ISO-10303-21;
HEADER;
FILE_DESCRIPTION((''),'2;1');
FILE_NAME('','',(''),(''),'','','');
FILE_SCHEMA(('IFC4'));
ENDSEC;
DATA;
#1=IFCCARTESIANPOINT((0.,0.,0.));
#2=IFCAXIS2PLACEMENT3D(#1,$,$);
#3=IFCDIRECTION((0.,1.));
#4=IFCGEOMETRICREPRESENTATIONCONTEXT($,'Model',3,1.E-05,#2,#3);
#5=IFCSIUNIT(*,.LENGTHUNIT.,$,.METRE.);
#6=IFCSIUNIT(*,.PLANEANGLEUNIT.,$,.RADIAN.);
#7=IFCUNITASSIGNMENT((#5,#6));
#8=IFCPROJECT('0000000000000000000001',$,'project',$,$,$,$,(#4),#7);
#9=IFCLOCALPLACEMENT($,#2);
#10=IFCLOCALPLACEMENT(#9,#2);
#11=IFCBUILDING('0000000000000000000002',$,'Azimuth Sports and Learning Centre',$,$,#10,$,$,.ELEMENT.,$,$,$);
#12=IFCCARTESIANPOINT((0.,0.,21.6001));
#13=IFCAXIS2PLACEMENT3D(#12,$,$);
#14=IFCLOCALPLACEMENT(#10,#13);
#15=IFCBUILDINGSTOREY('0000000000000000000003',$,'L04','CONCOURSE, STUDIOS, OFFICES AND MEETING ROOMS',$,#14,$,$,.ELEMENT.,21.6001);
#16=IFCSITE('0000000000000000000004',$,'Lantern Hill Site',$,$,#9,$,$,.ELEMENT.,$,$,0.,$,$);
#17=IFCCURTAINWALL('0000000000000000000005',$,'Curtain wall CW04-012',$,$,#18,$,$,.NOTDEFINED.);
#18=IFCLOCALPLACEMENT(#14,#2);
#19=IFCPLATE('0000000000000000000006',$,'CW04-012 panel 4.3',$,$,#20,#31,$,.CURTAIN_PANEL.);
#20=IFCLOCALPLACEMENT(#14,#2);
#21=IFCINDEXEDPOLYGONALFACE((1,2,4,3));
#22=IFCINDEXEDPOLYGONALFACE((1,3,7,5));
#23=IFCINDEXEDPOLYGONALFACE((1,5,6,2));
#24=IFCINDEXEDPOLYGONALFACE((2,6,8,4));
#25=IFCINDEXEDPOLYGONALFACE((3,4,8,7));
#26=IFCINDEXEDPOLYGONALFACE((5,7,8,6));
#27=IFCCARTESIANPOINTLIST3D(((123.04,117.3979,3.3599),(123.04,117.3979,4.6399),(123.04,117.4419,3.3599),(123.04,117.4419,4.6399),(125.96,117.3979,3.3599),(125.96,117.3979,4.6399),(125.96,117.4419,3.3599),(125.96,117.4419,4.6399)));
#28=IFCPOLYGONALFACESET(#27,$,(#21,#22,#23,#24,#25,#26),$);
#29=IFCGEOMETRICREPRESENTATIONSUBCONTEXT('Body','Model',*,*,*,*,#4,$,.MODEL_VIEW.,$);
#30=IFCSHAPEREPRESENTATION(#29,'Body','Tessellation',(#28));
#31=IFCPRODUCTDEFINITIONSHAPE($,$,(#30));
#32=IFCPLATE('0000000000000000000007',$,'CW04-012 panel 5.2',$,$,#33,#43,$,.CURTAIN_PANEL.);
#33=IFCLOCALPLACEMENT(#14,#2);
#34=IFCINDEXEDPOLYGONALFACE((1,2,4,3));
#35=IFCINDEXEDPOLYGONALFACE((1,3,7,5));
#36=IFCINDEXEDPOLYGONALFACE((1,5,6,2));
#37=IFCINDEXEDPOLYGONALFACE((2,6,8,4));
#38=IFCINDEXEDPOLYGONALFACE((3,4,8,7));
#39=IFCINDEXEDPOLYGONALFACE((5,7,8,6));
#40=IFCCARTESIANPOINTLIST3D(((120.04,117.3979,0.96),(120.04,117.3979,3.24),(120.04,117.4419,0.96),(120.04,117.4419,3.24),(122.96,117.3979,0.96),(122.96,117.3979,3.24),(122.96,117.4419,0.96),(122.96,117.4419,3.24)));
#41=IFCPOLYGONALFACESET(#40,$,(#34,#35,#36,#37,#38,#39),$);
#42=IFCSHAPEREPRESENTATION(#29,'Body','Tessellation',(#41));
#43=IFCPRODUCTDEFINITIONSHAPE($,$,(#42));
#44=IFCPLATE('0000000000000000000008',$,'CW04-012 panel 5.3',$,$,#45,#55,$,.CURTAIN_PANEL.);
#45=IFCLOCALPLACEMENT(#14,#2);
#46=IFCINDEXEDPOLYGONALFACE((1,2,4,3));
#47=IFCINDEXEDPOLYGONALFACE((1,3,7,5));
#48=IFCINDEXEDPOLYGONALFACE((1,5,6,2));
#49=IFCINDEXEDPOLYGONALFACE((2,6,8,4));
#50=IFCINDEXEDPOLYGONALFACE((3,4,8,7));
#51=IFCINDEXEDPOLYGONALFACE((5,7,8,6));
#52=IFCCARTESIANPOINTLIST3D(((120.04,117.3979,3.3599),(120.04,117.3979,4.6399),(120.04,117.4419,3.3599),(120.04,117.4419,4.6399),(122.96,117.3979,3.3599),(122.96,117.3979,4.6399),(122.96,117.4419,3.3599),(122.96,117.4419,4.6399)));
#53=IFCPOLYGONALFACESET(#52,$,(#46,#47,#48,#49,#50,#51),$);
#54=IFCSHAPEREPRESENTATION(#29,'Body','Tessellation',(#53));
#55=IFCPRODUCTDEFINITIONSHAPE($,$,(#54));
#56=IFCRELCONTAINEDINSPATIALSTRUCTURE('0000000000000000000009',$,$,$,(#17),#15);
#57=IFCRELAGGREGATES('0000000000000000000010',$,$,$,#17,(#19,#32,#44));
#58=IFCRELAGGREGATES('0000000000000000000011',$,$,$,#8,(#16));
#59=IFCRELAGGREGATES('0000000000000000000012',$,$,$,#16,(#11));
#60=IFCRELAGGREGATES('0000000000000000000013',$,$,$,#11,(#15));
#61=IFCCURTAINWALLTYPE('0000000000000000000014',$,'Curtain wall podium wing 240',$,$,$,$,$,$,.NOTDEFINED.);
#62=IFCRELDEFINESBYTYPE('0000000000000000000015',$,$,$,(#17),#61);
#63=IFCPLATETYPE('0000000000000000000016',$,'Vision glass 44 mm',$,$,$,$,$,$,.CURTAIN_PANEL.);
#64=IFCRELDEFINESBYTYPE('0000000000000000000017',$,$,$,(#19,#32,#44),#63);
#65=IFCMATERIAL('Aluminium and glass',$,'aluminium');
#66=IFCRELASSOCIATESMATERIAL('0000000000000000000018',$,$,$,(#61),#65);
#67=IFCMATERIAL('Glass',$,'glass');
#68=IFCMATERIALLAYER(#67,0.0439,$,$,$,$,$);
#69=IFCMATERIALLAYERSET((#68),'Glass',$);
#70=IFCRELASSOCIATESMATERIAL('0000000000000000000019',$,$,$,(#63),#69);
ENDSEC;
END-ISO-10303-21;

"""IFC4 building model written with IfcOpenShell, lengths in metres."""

from ifc_helpers import new_model, si_unit, direction, frame, origin, origin_2d, place, context, subcontext, project, spatial, rectangle, extrude, material, layer, layer_set, type_object, element, aggregate, save


model = new_model("IFC4")

# Units and contexts
model_context = context("Model", 3, precision=1e-05, world=origin(), true_north=direction((0.0, 1.0)))
body_context = subcontext(model_context, "Body", "Model", "MODEL_VIEW")
ifc_project = project(units=[si_unit("LENGTHUNIT", "METRE"), si_unit("PLANEANGLEUNIT", "RADIAN")], contexts=[model_context])

# Site, building, storey
site_placement = place(None, origin())
site = spatial("IfcSite", under=ifc_project, at=site_placement, Name="Lantern Hill Site", CompositionType="ELEMENT", RefElevation=0.0)
building_placement = place(site_placement, origin())
building = spatial("IfcBuilding", under=site, at=building_placement, Name="Azimuth Sports and Learning Centre", CompositionType="ELEMENT")
storey_placement = place(building_placement, frame((0.0, 0.0, 21.6001)))
storey = spatial("IfcBuildingStorey", under=building, at=storey_placement, Name="L04", Description="CONCOURSE, STUDIOS, OFFICES AND MEETING ROOMS", CompositionType="ELEMENT", Elevation=21.6001)

# Curtain wall, plates
ifc_material_1 = material(Name="Aluminium and glass", Category="aluminium")
curtain_wall_type = type_object("IfcCurtainWallType", Name="Curtain wall podium wing 240", PredefinedType="NOTDEFINED", material=ifc_material_1)
curtain_wall_placement = place(storey_placement, origin())
curtain_wall = element("IfcCurtainWall", 1, at=curtain_wall_placement, inside=storey, type_object=curtain_wall_type, Name="Curtain wall CW04-012", PredefinedType="NOTDEFINED")
ifc_material_2 = material(Name="Glass", Category="glass")
ifc_layer_1 = layer(ifc_material_2, 0.0439)
ifc_layer_set_1 = layer_set([ifc_layer_1], Name="Glass")
plate_type_1 = type_object("IfcPlateType", Name="Vision glass 44 mm", PredefinedType="CURTAIN_PANEL", material=ifc_layer_set_1)
plate_1_placement = place(storey_placement, frame((124.5, 117.4199, 3.3599), z_axis=(0.0, 0.0, 1.0), x_axis=(-1.0, 0.0, 0.0)))
plate_1 = element("IfcPlate", 2, at=plate_1_placement, type_object=plate_type_1, Name="CW04-012 panel 4.3", PredefinedType="CURTAIN_PANEL", context=body_context, shape_type="SweptSolid", body=[
    extrude(rectangle(XDim=2.9199, YDim=0.0439, at=origin_2d()), origin(), (0.0, 0.0, 1.0), 1.28),
])
plate_2_placement = place(storey_placement, frame((121.5, 117.4199, 0.96), z_axis=(0.0, 0.0, 1.0), x_axis=(-1.0, 0.0, 0.0)))
plate_2 = element("IfcPlate", 3, at=plate_2_placement, type_object=plate_type_1, Name="CW04-012 panel 5.2", PredefinedType="CURTAIN_PANEL", context=body_context, shape_type="SweptSolid", body=[
    extrude(rectangle(XDim=2.9199, YDim=0.0439, at=origin_2d()), origin(), (0.0, 0.0, 1.0), 2.28),
])
plate_3_placement = place(storey_placement, frame((121.5, 117.4199, 3.3599), z_axis=(0.0, 0.0, 1.0), x_axis=(-1.0, 0.0, 0.0)))
plate_3 = element("IfcPlate", 4, at=plate_3_placement, type_object=plate_type_1, Name="CW04-012 panel 5.3", PredefinedType="CURTAIN_PANEL", context=body_context, shape_type="SweptSolid", body=[
    extrude(rectangle(XDim=2.9199, YDim=0.0439, at=origin_2d()), origin(), (0.0, 0.0, 1.0), 1.28),
])
aggregate(curtain_wall, [plate_1, plate_2, plate_3])

save(model, "model.ifc")
